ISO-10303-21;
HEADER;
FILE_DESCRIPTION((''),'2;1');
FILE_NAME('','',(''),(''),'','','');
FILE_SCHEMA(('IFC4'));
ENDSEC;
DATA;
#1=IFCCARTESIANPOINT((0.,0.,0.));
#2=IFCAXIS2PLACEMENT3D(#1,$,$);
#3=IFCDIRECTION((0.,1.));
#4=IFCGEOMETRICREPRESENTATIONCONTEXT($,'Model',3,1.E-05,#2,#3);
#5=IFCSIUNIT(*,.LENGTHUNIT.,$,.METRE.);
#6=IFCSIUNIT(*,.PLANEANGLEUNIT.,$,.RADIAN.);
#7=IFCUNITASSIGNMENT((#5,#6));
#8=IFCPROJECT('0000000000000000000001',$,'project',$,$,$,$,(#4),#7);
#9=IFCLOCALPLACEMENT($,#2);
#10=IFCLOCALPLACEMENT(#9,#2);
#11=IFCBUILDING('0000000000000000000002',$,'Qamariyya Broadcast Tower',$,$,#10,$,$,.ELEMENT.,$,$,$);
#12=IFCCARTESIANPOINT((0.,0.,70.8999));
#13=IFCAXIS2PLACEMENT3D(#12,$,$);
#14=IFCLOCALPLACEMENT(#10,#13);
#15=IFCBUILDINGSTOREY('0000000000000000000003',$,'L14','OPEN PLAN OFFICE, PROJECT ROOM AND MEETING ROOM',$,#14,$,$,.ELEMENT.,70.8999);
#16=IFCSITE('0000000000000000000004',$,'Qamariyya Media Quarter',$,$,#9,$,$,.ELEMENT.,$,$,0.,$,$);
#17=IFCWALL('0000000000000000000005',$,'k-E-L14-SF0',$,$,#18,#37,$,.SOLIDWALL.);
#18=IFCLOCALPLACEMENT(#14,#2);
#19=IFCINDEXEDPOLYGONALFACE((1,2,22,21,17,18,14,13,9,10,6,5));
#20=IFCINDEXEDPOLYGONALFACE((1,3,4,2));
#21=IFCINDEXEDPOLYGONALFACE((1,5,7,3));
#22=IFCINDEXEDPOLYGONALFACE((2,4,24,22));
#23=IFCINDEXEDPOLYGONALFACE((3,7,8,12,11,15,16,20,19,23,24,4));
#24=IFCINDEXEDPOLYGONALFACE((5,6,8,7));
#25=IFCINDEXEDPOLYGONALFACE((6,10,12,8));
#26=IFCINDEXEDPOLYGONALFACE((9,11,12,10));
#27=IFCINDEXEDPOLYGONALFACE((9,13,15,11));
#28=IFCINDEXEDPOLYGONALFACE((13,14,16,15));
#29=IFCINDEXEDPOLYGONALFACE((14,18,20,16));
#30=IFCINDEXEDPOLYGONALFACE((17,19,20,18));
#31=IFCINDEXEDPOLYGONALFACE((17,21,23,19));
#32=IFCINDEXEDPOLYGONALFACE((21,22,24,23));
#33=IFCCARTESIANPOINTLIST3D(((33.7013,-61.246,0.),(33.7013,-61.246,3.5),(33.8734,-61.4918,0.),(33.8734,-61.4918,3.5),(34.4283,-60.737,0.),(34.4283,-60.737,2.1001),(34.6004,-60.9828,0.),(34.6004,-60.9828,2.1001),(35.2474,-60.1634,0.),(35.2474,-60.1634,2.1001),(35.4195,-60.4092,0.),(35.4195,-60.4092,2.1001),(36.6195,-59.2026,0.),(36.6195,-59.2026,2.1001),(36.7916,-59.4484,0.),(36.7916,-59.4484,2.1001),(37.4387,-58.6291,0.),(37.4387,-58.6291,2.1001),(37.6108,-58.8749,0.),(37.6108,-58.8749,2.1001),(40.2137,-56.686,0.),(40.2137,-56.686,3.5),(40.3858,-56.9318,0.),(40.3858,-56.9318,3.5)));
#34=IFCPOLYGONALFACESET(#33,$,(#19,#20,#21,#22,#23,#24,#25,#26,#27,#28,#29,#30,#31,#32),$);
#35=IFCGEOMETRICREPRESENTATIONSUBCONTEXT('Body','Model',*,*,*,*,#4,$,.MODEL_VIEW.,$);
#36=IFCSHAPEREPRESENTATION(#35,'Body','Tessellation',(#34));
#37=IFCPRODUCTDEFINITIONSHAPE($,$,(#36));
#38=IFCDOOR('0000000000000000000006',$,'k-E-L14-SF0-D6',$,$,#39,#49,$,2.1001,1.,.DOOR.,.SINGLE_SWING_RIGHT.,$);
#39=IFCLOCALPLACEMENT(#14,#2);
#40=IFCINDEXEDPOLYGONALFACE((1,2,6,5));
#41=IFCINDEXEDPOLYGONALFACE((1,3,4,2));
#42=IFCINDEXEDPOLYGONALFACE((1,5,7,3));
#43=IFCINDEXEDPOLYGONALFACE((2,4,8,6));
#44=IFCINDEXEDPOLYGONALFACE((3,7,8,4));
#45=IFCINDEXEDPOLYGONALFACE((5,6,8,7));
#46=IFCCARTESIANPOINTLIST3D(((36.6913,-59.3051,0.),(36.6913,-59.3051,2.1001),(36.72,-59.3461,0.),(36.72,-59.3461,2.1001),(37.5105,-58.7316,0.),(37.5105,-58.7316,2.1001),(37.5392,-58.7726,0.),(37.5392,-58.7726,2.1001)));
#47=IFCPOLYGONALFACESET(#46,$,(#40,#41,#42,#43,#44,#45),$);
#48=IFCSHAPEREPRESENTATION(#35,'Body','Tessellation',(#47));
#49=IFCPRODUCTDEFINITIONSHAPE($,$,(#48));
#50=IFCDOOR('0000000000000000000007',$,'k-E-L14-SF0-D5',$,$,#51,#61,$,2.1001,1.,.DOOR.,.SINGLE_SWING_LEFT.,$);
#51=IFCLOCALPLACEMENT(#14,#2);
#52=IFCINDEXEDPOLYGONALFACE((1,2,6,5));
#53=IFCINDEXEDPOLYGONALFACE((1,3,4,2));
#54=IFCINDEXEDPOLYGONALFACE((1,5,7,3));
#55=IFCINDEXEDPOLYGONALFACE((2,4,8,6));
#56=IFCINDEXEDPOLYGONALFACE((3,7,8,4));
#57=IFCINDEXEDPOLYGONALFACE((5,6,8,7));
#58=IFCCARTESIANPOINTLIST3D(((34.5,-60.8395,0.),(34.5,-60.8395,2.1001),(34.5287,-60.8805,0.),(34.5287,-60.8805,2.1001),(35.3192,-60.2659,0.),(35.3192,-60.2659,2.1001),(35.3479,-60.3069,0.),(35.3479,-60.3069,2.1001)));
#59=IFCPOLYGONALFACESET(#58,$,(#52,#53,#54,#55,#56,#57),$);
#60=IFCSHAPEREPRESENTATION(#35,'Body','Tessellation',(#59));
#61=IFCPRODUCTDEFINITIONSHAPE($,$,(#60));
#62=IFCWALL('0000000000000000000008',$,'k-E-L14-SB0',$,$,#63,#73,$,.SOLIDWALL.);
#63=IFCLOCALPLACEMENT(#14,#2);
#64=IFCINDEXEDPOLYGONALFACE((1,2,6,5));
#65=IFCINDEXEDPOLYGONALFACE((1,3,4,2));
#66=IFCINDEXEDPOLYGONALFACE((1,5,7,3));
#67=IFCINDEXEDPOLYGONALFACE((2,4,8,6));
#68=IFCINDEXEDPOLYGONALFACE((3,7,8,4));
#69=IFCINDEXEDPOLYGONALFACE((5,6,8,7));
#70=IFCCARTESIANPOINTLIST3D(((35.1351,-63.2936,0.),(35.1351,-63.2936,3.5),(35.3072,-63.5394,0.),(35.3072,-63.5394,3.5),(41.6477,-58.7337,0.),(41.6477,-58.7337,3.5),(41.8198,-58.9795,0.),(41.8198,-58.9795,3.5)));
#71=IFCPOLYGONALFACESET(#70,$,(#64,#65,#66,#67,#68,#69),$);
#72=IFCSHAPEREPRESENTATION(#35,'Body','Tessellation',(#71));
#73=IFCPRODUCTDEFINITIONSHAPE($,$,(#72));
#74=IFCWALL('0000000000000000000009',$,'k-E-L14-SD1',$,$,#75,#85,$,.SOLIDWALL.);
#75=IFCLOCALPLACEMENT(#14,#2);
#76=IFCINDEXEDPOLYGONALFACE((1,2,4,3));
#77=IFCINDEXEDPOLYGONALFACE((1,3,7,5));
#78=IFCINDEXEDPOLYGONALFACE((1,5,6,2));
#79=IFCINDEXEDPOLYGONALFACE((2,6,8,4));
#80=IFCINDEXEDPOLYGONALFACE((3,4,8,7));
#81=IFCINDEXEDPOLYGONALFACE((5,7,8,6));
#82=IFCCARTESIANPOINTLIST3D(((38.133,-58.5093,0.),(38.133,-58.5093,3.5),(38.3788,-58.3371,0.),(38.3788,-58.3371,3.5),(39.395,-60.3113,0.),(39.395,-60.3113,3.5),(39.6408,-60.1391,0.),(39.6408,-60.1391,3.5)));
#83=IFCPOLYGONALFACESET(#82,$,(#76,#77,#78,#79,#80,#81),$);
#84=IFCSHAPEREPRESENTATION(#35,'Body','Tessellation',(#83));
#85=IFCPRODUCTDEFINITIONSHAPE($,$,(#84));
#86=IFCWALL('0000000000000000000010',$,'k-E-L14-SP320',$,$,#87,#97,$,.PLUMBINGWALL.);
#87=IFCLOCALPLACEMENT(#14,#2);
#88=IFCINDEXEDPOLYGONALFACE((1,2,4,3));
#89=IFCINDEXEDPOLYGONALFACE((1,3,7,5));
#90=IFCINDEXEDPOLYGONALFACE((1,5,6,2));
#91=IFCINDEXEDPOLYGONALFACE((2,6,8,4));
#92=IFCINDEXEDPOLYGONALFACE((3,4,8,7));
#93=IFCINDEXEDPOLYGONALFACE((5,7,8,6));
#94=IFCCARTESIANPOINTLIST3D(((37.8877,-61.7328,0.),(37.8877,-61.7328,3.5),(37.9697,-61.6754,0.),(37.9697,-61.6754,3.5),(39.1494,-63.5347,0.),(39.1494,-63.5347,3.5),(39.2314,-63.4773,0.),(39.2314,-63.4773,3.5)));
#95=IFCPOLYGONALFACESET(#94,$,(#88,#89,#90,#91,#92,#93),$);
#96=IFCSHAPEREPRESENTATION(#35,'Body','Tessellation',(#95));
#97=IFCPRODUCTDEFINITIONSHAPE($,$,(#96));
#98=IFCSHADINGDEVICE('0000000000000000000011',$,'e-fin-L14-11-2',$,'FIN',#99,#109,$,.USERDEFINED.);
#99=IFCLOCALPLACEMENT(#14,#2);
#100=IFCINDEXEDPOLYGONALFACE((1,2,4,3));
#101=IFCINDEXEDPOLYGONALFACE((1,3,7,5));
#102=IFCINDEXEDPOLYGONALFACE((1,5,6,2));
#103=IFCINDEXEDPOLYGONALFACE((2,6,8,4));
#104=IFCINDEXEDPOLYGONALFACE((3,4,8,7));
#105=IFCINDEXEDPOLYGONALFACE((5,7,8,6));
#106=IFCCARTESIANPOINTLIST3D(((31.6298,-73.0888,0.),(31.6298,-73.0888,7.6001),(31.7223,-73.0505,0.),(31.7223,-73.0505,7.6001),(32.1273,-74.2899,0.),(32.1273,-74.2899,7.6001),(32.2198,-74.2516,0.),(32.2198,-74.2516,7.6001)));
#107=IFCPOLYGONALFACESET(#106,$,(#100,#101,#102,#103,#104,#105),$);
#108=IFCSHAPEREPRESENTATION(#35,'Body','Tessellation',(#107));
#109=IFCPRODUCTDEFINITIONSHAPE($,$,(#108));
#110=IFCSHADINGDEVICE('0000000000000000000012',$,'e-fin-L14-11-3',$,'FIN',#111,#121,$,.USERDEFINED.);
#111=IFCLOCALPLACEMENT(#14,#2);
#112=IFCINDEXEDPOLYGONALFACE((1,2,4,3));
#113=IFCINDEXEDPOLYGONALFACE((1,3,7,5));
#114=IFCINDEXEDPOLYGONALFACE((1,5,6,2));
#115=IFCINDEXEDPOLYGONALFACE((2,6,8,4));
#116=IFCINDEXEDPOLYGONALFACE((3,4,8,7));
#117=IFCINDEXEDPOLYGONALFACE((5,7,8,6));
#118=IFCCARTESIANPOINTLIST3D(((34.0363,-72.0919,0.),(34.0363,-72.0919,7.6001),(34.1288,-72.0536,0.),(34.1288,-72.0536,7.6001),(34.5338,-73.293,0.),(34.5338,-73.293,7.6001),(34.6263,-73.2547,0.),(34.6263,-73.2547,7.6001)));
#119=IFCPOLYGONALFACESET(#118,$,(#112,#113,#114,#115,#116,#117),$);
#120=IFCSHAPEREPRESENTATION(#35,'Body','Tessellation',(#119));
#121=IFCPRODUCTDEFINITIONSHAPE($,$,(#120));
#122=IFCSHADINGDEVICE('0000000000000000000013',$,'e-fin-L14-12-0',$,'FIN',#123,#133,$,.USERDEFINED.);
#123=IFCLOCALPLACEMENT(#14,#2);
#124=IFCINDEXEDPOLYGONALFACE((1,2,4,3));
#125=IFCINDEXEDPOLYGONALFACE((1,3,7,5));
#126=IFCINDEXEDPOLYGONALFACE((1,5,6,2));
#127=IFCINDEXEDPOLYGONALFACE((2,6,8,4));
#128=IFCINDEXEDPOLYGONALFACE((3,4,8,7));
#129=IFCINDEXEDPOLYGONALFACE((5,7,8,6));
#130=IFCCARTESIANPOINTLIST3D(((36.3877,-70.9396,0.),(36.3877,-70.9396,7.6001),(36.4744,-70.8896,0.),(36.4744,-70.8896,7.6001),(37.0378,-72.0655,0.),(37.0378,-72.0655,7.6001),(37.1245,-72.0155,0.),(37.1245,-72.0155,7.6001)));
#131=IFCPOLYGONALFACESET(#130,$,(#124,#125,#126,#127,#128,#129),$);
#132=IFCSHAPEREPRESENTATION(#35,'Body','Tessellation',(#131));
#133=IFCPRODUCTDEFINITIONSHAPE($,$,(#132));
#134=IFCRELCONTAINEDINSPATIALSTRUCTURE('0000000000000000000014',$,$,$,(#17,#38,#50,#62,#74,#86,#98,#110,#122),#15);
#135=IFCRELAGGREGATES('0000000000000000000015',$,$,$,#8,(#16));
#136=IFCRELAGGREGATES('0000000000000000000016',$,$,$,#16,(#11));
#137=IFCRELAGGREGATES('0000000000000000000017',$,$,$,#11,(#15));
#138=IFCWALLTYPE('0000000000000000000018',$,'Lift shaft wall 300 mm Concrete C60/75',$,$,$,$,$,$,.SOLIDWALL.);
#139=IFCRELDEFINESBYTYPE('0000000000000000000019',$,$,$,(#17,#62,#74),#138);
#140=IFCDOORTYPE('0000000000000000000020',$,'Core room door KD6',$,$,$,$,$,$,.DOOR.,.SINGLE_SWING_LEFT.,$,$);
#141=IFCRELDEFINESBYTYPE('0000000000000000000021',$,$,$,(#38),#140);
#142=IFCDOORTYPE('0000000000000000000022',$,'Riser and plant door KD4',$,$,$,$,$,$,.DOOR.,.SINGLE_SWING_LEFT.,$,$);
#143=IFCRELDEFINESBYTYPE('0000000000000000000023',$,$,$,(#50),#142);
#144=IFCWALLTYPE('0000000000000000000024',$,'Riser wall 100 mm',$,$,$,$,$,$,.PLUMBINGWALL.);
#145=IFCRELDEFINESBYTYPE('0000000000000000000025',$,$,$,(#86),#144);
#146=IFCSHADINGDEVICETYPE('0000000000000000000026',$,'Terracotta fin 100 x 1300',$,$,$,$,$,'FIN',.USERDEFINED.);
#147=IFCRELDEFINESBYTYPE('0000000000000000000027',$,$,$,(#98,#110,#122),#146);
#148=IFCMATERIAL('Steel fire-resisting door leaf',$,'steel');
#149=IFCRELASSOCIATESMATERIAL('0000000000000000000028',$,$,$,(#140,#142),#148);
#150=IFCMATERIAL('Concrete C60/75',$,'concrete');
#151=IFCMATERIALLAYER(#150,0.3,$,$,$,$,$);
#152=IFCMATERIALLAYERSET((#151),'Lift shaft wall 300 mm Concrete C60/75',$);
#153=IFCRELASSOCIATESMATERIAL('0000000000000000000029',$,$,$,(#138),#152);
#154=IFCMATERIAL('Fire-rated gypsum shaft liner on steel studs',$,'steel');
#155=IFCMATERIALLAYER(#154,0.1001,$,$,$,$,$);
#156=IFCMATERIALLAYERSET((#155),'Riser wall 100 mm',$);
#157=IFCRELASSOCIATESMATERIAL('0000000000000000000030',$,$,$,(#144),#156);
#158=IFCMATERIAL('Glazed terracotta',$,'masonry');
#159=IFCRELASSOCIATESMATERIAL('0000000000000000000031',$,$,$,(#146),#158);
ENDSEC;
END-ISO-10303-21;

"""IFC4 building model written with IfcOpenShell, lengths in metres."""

from ifc_helpers import new_model, si_unit, direction, frame, frame_2d, origin, origin_2d, place, context, subcontext, project, spatial, rectangle, extrude, material, layer, layer_set, material_profile, profile_set, type_object, element, fill, save


model = new_model("IFC4")

# Units and contexts
model_context = context("Model", 3, precision=1e-05, world=origin(), true_north=direction((0.0, 1.0)))
body_context = subcontext(model_context, "Body", "Model", "MODEL_VIEW")
ifc_project = project(units=[si_unit("LENGTHUNIT", "METRE"), si_unit("PLANEANGLEUNIT", "RADIAN")], contexts=[model_context])

# Site, building, storey
site_placement = place(None, origin())
site = spatial("IfcSite", under=ifc_project, at=site_placement, Name="Qamariyya Media Quarter", CompositionType="ELEMENT", RefElevation=0.0)
building_placement = place(site_placement, origin())
building = spatial("IfcBuilding", under=site, at=building_placement, Name="Qamariyya Broadcast Tower", CompositionType="ELEMENT")
storey_placement = place(building_placement, frame((0.0, 0.0, 70.8999)))
storey = spatial("IfcBuildingStorey", under=building, at=storey_placement, Name="L14", Description="OPEN PLAN OFFICE, PROJECT ROOM AND MEETING ROOM", CompositionType="ELEMENT", Elevation=70.8999)

# Shared definitions
ifc_material_1 = material(Name="Steel fire-resisting door leaf", Category="steel")

# Shared definitions
door_type_1 = type_object("IfcDoorType", Name="Core room door KD6", OperationType="SINGLE_SWING_LEFT", PredefinedType="DOOR", material=ifc_material_1)
door_type_2 = type_object("IfcDoorType", Name="Riser and plant door KD4", OperationType="SINGLE_SWING_LEFT", PredefinedType="DOOR", material=ifc_material_1)

# Shared definitions
ifc_material_2 = material(Name="Concrete C60/75", Category="concrete")
ifc_layer_1 = layer(ifc_material_2, 0.3)
ifc_layer_set_1 = layer_set([ifc_layer_1], Name="Lift shaft wall 300 mm Concrete C60/75")
wall_type_1 = type_object("IfcWallType", Name="Lift shaft wall 300 mm Concrete C60/75", PredefinedType="SOLIDWALL", material=ifc_layer_set_1)

# Wall, openings, doors
wall_1_placement = place(storey_placement, frame((33.7874, -61.3689, 0.0), z_axis=(0.0, 0.0, 1.0), x_axis=(0.819153, 0.573576, 0.0)))
wall_1 = element("IfcWall", 1, at=wall_1_placement, inside=storey, type_object=wall_type_1, Name="k-E-L14-SF0", PredefinedType="SOLIDWALL", context=body_context, shape_type="SweptSolid", body=[
    extrude(rectangle(XDim=7.9502, YDim=0.3, at=frame_2d((3.9751, 0.0))), origin(), (0.0, 0.0, 1.0), 3.5),
])
opening_1_placement = place(wall_1_placement, frame((0.8875, 0.0, 0.0)))
opening_1 = element("IfcOpeningElement", 2, at=opening_1_placement, cuts=wall_1, PredefinedType="OPENING", context=body_context, shape_type="SweptSolid", body=[
    extrude(rectangle(XDim=1.0, YDim=2.1001, at=frame_2d((0.5, 1.05))), frame((0.0, 0.1599, 0.0), z_axis=(0.0, -1.0, 0.0), x_axis=(1.0, 0.0, 0.0)), (0.0, 0.0, 1.0), 0.3201),
])
opening_2_placement = place(wall_1_placement, frame((3.5625, 0.0, 0.0)))
opening_2 = element("IfcOpeningElement", 3, at=opening_2_placement, cuts=wall_1, PredefinedType="OPENING", context=body_context, shape_type="SweptSolid", body=[
    extrude(rectangle(XDim=1.0, YDim=2.1001, at=frame_2d((0.5, 1.05))), frame((0.0, 0.1599, 0.0), z_axis=(0.0, -1.0, 0.0), x_axis=(1.0, 0.0, 0.0)), (0.0, 0.0, 1.0), 0.3201),
])
door_1_placement = place(opening_2_placement, origin())
door_1 = element("IfcDoor", 4, at=door_1_placement, inside=storey, type_object=door_type_1, Name="k-E-L14-SF0-D6", OperationType="SINGLE_SWING_RIGHT", OverallHeight=2.1001, OverallWidth=1.0, PredefinedType="DOOR", context=body_context, shape_type="SweptSolid", body=[
    extrude(rectangle(XDim=1.0, YDim=2.1001, at=frame_2d((0.5, 1.05))), frame((0.0, 0.0249, 0.0), z_axis=(0.0, -1.0, 0.0), x_axis=(1.0, 0.0, 0.0)), (0.0, 0.0, 1.0), 0.05),
])
fill(opening_2, door_1)
door_2_placement = place(opening_1_placement, origin())
door_2 = element("IfcDoor", 5, at=door_2_placement, inside=storey, type_object=door_type_2, Name="k-E-L14-SF0-D5", OperationType="SINGLE_SWING_LEFT", OverallHeight=2.1001, OverallWidth=1.0, PredefinedType="DOOR", context=body_context, shape_type="SweptSolid", body=[
    extrude(rectangle(XDim=1.0, YDim=2.1001, at=frame_2d((0.5, 1.05))), frame((0.0, 0.0249, 0.0), z_axis=(0.0, -1.0, 0.0), x_axis=(1.0, 0.0, 0.0)), (0.0, 0.0, 1.0), 0.05),
])
fill(opening_1, door_2)

# Walls
wall_2_placement = place(storey_placement, frame((35.2212, -63.4165, 0.0), z_axis=(0.0, 0.0, 1.0), x_axis=(0.819167, 0.573555, 0.0)))
element("IfcWall", 6, at=wall_2_placement, inside=storey, type_object=wall_type_1, Name="k-E-L14-SB0", PredefinedType="SOLIDWALL", context=body_context, shape_type="SweptSolid", body=[
    extrude(rectangle(XDim=7.9502, YDim=0.3, at=frame_2d((3.9751, 0.0))), origin(), (0.0, 0.0, 1.0), 3.5),
])
wall_3_placement = place(storey_placement, frame((38.2559, -58.4231, 0.0), z_axis=(0.0, 0.0, 1.0), x_axis=(0.573634, -0.819112, 0.0)))
element("IfcWall", 7, at=wall_3_placement, inside=storey, type_object=wall_type_1, Name="k-E-L14-SD1", PredefinedType="SOLIDWALL", context=body_context, shape_type="SweptSolid", body=[
    extrude(rectangle(XDim=2.2, YDim=0.3, at=frame_2d((1.1001, 0.0))), origin(), (0.0, 0.0, 1.0), 3.5),
])
ifc_material_3 = material(Name="Fire-rated gypsum shaft liner on steel studs", Category="steel")
ifc_layer_2 = layer(ifc_material_3, 0.1001)
ifc_layer_set_2 = layer_set([ifc_layer_2], Name="Riser wall 100 mm")
wall_type_2 = type_object("IfcWallType", Name="Riser wall 100 mm", PredefinedType="PLUMBINGWALL", material=ifc_layer_set_2)
wall_4_placement = place(storey_placement, frame((37.9287, -61.7041, 0.0), z_axis=(0.0, 0.0, 1.0), x_axis=(0.573559, -0.819164, 0.0)))
element("IfcWall", 8, at=wall_4_placement, inside=storey, type_object=wall_type_2, Name="k-E-L14-SP320", PredefinedType="PLUMBINGWALL", context=body_context, shape_type="SweptSolid", body=[
    extrude(rectangle(XDim=2.1997, YDim=0.1001, at=frame_2d((1.0999, 0.0))), origin(), (0.0, 0.0, 1.0), 3.5),
])

# Shading devices
ifc_material_4 = material(Name="Glazed terracotta", Category="masonry")
ifc_material_profile_1 = material_profile(ifc_material_4, rectangle(XDim=1.3, YDim=0.1001, at=origin_2d()))
ifc_profile_set_1 = profile_set([ifc_material_profile_1], Name="Glazed terracotta")
shading_device_type_1 = type_object("IfcShadingDeviceType", Name="Terracotta fin 100 x 1300", ElementType="FIN", PredefinedType="USERDEFINED", material=ifc_profile_set_1)
for number, where, z_axis, x_axis, name in (
    (9, (31.9248, -73.6702, 0.0), (0.0, 0.0, 1.0), (0.382683, -0.92388, 0.0), "e-fin-L14-11-2"),
    (10, (34.3313, -72.6733, 0.0), (0.0, 0.0, 1.0), (0.382683, -0.92388, 0.0), "e-fin-L14-11-3"),
    (11, (36.7561, -71.4775, 0.0), (0.0, 0.0, 1.0), (0.5, -0.866025, 0.0), "e-fin-L14-12-0"),
):
    element("IfcShadingDevice", number, at=place(storey_placement, frame(where, z_axis=z_axis, x_axis=x_axis)), inside=storey, type_object=shading_device_type_1, Name=name, ObjectType="FIN", PredefinedType="USERDEFINED", context=body_context, shape_type="SweptSolid", body=[
        extrude(rectangle(XDim=1.3, YDim=0.1001, at=origin_2d()), origin(), (0.0, 0.0, 1.0), 7.6001),
    ])

save(model, "model.ifc")
